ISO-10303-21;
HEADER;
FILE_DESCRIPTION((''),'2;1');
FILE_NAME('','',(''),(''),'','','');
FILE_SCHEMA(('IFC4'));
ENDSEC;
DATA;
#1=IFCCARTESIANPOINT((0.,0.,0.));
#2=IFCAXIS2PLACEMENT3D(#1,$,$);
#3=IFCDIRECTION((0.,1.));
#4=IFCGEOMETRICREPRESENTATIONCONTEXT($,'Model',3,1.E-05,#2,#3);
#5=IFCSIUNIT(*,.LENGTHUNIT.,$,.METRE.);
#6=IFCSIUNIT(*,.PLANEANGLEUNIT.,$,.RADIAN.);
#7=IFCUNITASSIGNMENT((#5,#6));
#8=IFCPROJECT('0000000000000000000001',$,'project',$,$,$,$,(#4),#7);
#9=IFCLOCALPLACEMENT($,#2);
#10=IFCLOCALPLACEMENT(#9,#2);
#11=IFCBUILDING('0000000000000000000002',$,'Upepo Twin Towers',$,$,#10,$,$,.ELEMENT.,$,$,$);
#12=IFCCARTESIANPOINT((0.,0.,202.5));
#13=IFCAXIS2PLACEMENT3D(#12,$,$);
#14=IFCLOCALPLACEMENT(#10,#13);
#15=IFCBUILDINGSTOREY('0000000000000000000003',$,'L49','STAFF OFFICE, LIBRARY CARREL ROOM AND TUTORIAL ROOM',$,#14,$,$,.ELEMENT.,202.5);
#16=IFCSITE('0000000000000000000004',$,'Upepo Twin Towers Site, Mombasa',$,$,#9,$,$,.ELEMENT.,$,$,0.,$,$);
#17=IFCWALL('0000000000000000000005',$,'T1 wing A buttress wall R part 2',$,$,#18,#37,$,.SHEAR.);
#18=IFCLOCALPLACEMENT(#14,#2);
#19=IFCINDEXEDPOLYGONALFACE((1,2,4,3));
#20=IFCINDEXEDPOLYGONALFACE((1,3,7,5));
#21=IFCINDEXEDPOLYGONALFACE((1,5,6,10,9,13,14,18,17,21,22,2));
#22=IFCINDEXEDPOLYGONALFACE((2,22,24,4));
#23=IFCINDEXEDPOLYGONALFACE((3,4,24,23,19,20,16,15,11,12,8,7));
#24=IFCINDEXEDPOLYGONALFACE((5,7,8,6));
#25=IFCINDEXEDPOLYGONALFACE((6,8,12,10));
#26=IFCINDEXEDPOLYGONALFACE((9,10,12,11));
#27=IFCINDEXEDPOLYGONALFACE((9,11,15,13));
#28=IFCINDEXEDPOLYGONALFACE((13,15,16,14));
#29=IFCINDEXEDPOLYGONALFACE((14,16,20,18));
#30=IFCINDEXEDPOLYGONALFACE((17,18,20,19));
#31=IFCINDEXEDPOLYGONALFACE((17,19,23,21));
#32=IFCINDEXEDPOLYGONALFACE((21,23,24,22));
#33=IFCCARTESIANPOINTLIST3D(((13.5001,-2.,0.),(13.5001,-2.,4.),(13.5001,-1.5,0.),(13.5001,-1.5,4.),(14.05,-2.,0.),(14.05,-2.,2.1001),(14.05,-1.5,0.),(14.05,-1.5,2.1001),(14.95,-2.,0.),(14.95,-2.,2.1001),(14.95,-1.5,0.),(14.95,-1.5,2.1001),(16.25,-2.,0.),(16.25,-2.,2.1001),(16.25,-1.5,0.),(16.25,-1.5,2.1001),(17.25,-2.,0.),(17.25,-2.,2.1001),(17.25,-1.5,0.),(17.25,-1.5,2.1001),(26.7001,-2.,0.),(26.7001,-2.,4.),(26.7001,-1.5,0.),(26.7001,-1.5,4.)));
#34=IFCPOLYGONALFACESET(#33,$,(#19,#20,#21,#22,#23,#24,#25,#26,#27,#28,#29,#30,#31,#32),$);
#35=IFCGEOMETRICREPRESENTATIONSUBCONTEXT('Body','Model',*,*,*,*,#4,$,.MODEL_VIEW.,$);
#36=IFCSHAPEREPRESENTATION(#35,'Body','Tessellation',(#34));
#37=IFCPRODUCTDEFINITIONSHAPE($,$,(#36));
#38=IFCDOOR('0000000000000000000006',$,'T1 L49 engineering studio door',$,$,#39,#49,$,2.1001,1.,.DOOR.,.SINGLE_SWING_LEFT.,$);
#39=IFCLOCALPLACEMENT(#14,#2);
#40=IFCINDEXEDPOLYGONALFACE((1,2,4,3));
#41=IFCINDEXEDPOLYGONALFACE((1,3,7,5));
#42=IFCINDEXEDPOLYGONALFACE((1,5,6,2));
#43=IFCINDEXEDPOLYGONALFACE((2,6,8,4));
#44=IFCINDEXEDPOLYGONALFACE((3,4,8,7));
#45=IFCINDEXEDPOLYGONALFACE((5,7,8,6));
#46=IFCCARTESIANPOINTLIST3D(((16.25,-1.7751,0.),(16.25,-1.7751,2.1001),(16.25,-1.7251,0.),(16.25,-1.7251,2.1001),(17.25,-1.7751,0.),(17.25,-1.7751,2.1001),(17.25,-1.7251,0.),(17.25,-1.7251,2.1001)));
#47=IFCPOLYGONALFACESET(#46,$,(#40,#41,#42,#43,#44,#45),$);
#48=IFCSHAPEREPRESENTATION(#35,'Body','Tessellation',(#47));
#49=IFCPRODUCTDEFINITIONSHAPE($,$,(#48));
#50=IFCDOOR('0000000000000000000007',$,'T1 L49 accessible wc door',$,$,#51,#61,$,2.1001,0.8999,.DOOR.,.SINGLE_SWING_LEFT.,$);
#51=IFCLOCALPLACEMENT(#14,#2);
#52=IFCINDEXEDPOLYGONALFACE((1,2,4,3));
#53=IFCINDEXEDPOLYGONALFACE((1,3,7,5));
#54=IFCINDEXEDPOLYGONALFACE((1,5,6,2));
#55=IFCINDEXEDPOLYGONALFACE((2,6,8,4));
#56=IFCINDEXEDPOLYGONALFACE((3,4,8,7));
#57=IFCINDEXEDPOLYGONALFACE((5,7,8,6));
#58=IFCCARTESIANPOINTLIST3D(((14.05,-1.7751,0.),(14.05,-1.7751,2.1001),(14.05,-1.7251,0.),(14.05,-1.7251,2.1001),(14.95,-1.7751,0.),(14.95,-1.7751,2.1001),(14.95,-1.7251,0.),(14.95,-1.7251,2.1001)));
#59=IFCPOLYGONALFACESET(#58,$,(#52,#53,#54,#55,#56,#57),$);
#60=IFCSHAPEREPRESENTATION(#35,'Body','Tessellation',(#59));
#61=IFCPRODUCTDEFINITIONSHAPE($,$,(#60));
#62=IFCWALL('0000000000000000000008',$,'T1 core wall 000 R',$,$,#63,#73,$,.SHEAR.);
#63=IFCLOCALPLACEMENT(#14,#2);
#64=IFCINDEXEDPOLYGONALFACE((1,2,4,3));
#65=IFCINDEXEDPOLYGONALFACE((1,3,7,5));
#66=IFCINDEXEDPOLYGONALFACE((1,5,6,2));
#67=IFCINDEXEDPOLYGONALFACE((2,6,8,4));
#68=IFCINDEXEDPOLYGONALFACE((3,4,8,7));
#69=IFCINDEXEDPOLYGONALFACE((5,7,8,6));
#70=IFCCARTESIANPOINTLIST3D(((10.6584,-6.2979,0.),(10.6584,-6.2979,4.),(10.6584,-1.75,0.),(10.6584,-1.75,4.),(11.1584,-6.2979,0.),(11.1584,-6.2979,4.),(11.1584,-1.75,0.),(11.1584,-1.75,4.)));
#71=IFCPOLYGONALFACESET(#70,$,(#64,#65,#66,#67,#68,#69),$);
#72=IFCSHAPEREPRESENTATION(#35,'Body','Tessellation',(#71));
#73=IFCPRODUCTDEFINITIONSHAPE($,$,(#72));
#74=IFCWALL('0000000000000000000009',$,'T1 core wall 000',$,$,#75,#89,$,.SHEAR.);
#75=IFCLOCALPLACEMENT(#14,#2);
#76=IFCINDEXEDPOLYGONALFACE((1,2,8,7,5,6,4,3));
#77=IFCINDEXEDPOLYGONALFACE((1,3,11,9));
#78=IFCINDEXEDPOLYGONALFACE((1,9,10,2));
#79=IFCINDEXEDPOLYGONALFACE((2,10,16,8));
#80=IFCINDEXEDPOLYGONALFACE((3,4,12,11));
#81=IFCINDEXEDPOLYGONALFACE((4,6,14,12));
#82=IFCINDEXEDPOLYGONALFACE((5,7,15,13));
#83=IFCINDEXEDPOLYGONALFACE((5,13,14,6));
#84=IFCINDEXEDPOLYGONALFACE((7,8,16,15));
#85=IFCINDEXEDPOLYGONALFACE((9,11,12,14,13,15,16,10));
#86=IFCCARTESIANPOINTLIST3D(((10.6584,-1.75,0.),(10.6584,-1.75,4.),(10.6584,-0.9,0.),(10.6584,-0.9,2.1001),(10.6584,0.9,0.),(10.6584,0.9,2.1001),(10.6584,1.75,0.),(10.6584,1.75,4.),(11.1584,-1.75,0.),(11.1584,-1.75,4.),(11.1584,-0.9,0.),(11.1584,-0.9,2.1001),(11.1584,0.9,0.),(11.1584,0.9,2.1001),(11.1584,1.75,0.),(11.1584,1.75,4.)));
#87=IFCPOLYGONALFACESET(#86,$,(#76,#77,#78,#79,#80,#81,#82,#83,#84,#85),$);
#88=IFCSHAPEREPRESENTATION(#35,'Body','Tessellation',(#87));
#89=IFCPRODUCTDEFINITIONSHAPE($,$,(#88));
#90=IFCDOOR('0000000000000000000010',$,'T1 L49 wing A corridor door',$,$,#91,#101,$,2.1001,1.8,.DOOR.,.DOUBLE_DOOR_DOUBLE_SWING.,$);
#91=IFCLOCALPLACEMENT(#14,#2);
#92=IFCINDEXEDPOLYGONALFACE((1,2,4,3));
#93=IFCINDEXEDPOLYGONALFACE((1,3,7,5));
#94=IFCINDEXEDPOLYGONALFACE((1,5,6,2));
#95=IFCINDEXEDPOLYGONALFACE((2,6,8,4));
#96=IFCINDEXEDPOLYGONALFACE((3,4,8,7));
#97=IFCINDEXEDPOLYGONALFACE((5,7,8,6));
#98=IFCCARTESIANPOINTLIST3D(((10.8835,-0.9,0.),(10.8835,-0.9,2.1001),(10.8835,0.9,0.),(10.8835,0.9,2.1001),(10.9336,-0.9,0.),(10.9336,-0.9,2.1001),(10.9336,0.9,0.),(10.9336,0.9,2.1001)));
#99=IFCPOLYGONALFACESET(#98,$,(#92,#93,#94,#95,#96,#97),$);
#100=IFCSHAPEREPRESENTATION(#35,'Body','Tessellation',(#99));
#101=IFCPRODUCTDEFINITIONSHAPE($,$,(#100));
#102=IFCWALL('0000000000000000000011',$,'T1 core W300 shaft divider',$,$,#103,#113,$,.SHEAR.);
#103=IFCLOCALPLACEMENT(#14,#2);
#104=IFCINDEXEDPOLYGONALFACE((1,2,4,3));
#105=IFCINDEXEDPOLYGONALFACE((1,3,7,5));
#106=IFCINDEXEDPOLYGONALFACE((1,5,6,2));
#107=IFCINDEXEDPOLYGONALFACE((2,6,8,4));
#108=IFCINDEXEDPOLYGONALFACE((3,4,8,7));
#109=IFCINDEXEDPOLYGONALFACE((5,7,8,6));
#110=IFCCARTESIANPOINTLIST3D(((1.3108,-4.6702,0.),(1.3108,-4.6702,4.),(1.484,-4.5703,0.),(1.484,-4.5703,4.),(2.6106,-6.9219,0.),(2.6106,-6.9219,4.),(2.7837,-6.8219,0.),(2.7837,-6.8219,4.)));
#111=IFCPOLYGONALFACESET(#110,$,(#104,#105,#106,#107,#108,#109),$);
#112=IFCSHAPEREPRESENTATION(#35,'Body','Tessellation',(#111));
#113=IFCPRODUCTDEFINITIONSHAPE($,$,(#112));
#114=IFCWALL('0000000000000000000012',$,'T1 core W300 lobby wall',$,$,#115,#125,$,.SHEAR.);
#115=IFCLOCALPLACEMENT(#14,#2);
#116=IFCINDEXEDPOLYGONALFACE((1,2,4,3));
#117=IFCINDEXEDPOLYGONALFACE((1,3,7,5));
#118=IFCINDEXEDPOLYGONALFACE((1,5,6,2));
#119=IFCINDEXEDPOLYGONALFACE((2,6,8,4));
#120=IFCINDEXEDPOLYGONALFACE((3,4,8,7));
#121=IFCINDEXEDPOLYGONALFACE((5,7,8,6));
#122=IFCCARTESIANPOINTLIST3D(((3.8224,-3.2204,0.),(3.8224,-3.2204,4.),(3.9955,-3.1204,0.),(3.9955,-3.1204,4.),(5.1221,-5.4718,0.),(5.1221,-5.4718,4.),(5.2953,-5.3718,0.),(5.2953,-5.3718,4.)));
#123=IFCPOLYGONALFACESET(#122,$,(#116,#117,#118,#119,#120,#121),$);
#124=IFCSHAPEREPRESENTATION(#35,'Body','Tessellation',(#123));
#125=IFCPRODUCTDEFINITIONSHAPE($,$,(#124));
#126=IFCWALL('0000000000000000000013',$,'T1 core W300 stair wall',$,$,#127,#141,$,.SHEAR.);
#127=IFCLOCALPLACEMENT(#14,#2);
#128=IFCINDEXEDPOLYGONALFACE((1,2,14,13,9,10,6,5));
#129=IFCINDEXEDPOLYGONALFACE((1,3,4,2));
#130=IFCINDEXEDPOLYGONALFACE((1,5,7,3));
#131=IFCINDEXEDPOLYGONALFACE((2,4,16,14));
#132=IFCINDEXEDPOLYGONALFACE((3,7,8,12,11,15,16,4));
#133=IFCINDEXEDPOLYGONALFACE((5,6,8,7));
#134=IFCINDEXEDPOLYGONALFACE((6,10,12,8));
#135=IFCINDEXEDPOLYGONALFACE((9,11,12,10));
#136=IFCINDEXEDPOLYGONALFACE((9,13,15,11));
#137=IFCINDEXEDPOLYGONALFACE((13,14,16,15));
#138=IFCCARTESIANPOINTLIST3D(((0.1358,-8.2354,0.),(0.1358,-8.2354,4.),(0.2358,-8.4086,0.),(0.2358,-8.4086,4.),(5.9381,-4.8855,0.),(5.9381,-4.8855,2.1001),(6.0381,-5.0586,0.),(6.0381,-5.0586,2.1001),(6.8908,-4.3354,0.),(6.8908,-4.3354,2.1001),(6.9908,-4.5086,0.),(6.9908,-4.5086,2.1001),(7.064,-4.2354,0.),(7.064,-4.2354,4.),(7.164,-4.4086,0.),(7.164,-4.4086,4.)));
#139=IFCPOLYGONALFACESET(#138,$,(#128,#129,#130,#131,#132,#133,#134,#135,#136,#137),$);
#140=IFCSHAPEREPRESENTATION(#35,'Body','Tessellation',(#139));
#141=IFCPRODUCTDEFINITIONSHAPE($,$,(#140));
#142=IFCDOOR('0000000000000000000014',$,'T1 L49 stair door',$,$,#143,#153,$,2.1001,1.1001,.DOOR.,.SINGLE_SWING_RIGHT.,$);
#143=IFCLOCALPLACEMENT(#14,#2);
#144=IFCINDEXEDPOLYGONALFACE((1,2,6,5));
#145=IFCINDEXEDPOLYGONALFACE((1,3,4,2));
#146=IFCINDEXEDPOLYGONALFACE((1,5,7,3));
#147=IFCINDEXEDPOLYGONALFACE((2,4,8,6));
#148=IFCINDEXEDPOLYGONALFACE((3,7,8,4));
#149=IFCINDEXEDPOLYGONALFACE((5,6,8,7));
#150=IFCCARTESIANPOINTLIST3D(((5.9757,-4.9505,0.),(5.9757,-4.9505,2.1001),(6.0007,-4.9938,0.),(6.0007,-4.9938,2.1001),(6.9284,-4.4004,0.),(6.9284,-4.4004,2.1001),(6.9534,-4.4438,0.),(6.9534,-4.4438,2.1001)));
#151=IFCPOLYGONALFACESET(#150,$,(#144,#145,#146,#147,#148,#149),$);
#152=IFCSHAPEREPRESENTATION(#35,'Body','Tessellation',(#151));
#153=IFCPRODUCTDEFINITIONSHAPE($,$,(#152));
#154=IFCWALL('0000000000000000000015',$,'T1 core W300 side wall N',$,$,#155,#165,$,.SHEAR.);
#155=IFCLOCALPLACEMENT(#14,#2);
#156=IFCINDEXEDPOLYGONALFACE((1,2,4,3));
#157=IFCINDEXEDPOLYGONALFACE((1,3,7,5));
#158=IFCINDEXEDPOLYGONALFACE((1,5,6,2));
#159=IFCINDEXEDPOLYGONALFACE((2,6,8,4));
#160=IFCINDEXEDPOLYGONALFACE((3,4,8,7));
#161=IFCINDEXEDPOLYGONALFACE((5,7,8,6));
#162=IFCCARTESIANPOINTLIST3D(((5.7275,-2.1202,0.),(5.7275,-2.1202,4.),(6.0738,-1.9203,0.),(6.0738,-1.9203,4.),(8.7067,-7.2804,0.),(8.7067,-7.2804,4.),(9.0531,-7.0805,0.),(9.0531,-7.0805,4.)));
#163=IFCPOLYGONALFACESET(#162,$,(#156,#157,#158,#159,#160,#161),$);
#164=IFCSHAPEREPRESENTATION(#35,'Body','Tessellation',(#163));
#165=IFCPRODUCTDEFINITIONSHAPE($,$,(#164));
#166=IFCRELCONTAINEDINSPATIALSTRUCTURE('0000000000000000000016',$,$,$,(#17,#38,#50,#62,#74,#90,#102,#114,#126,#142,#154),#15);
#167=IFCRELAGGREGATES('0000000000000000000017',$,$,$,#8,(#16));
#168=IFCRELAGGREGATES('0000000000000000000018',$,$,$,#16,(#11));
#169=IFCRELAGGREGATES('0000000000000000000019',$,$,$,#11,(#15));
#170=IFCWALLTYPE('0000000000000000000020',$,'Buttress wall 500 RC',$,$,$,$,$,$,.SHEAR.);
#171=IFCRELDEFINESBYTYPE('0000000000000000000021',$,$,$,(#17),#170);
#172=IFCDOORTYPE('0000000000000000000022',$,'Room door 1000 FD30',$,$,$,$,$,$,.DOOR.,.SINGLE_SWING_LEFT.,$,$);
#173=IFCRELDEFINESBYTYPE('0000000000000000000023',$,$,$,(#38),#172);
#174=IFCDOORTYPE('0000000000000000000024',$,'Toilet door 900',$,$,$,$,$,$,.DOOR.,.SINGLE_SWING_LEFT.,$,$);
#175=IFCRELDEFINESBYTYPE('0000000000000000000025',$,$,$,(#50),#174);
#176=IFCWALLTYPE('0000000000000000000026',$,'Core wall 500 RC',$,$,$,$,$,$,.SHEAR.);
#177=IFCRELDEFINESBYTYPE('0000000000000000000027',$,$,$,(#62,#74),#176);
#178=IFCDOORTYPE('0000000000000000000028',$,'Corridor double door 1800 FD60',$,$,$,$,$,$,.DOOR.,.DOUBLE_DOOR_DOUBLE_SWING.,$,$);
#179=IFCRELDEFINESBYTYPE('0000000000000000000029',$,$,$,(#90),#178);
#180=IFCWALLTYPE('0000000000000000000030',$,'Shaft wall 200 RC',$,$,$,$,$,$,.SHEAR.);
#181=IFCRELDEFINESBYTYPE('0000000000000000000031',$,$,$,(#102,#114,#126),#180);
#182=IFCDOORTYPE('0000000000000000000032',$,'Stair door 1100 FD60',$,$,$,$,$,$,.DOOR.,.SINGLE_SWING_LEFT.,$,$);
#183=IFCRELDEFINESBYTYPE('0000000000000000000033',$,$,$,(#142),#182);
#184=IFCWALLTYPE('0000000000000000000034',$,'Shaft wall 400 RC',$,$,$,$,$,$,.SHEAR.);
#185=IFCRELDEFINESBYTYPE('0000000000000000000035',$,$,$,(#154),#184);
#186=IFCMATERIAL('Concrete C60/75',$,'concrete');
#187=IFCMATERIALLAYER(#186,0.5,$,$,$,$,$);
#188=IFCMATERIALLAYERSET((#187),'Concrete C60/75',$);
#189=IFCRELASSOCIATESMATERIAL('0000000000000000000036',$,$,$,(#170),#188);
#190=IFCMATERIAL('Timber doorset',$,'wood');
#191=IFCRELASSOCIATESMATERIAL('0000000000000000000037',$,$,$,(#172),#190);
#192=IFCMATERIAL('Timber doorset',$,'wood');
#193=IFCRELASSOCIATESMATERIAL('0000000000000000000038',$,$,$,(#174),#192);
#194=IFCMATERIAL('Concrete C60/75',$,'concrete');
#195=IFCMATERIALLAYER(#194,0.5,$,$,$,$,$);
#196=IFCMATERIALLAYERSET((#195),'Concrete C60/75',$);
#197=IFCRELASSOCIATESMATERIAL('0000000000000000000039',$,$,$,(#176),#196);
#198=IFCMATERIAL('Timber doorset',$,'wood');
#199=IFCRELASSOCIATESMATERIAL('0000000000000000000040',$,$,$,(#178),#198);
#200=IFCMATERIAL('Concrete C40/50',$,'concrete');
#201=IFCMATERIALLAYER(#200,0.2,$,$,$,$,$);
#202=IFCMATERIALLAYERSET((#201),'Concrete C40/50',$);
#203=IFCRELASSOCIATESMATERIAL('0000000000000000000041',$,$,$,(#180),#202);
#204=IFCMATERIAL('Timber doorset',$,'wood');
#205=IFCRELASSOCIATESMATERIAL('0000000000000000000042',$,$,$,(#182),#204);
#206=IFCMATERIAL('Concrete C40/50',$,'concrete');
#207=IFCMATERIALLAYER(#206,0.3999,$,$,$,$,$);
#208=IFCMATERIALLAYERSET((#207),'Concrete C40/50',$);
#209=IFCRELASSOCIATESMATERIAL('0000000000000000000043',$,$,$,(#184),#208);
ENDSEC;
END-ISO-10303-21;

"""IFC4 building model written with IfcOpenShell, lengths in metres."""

from ifc_helpers import new_model, si_unit, direction, frame, frame_2d, origin, place, context, subcontext, project, spatial, rectangle, extrude, material, layer, layer_set, type_object, element, fill, save


model = new_model("IFC4")

# Units and contexts
model_context = context("Model", 3, precision=1e-05, world=origin(), true_north=direction((0.0, 1.0)))
body_context = subcontext(model_context, "Body", "Model", "MODEL_VIEW")
ifc_project = project(units=[si_unit("LENGTHUNIT", "METRE"), si_unit("PLANEANGLEUNIT", "RADIAN")], contexts=[model_context])

# Site, building, storey
site_placement = place(None, origin())
site = spatial("IfcSite", under=ifc_project, at=site_placement, Name="Upepo Twin Towers Site, Mombasa", CompositionType="ELEMENT", RefElevation=0.0)
building_placement = place(site_placement, origin())
building = spatial("IfcBuilding", under=site, at=building_placement, Name="Upepo Twin Towers", CompositionType="ELEMENT")
storey_placement = place(building_placement, frame((0.0, 0.0, 202.5)))
storey = spatial("IfcBuildingStorey", under=building, at=storey_placement, Name="L49", Description="STAFF OFFICE, LIBRARY CARREL ROOM AND TUTORIAL ROOM", CompositionType="ELEMENT", Elevation=202.5)

# Wall, openings, doors
ifc_material_1 = material(Name="Concrete C60/75", Category="concrete")
ifc_layer_1 = layer(ifc_material_1, 0.5)
ifc_layer_set_1 = layer_set([ifc_layer_1], Name="Concrete C60/75")
wall_type_1 = type_object("IfcWallType", Name="Buttress wall 500 RC", PredefinedType="SHEAR", material=ifc_layer_set_1)
wall_1_placement = place(storey_placement, frame((13.5, -1.75, 0.0), z_axis=(0.0, 0.0, 1.0), x_axis=(1.0, 0.0, 0.0)))
wall_1 = element("IfcWall", 1, at=wall_1_placement, inside=storey, type_object=wall_type_1, Name="T1 wing A buttress wall R part 2", PredefinedType="SHEAR", context=body_context, shape_type="SweptSolid", body=[
    extrude(rectangle(XDim=13.2, YDim=0.5, at=frame_2d((6.6001, 0.0))), origin(), (0.0, 0.0, 1.0), 4.0),
])
opening_1_placement = place(wall_1_placement, frame((0.55, 0.0, 0.0)))
opening_1 = element("IfcOpeningElement", 2, at=opening_1_placement, cuts=wall_1, PredefinedType="OPENING", context=body_context, shape_type="SweptSolid", body=[
    extrude(rectangle(XDim=0.8999, YDim=2.1001, at=frame_2d((0.45, 1.05))), frame((0.0, 0.26, 0.0), z_axis=(0.0, -1.0, 0.0), x_axis=(1.0, 0.0, 0.0)), (0.0, 0.0, 1.0), 0.52),
])
opening_2_placement = place(wall_1_placement, frame((2.75, 0.0, 0.0)))
opening_2 = element("IfcOpeningElement", 3, at=opening_2_placement, cuts=wall_1, PredefinedType="OPENING", context=body_context, shape_type="SweptSolid", body=[
    extrude(rectangle(XDim=1.0, YDim=2.1001, at=frame_2d((0.5, 1.05))), frame((0.0, 0.26, 0.0), z_axis=(0.0, -1.0, 0.0), x_axis=(1.0, 0.0, 0.0)), (0.0, 0.0, 1.0), 0.52),
])
ifc_material_2 = material(Name="Timber doorset", Category="wood")
door_type_1 = type_object("IfcDoorType", Name="Room door 1000 FD30", OperationType="SINGLE_SWING_LEFT", PredefinedType="DOOR", material=ifc_material_2)
door_1_placement = place(opening_2_placement, origin())
door_1 = element("IfcDoor", 4, at=door_1_placement, inside=storey, type_object=door_type_1, Name="T1 L49 engineering studio door", OperationType="SINGLE_SWING_LEFT", OverallHeight=2.1001, OverallWidth=1.0, PredefinedType="DOOR", context=body_context, shape_type="SweptSolid", body=[
    extrude(rectangle(XDim=1.0, YDim=2.1001, at=frame_2d((0.5, 1.05))), frame((0.0, 0.0249, 0.0), z_axis=(0.0, -1.0, 0.0), x_axis=(1.0, 0.0, 0.0)), (0.0, 0.0, 1.0), 0.05),
])
fill(opening_2, door_1)
ifc_material_3 = material(Name="Timber doorset", Category="wood")
door_type_2 = type_object("IfcDoorType", Name="Toilet door 900", OperationType="SINGLE_SWING_LEFT", PredefinedType="DOOR", material=ifc_material_3)
door_2_placement = place(opening_1_placement, origin())
door_2 = element("IfcDoor", 5, at=door_2_placement, inside=storey, type_object=door_type_2, Name="T1 L49 accessible wc door", OperationType="SINGLE_SWING_LEFT", OverallHeight=2.1001, OverallWidth=0.8999, PredefinedType="DOOR", context=body_context, shape_type="SweptSolid", body=[
    extrude(rectangle(XDim=0.8999, YDim=2.1001, at=frame_2d((0.45, 1.05))), frame((0.0, 0.0249, 0.0), z_axis=(0.0, -1.0, 0.0), x_axis=(1.0, 0.0, 0.0)), (0.0, 0.0, 1.0), 0.05),
])
fill(opening_1, door_2)

# Wall
ifc_material_4 = material(Name="Concrete C60/75", Category="concrete")
ifc_layer_2 = layer(ifc_material_4, 0.5)
ifc_layer_set_2 = layer_set([ifc_layer_2], Name="Concrete C60/75")
wall_type_2 = type_object("IfcWallType", Name="Core wall 500 RC", PredefinedType="SHEAR", material=ifc_layer_set_2)
wall_2_placement = place(storey_placement, frame((10.9084, -6.2979, 0.0), z_axis=(0.0, 0.0, 1.0), x_axis=(0.0, 1.0, 0.0)))
element("IfcWall", 6, at=wall_2_placement, inside=storey, type_object=wall_type_2, Name="T1 core wall 000 R", PredefinedType="SHEAR", context=body_context, shape_type="SweptSolid", body=[
    extrude(rectangle(XDim=4.5479, YDim=0.5, at=frame_2d((2.2739, 0.0))), origin(), (0.0, 0.0, 1.0), 4.0),
])

# Wall, opening, door
wall_3_placement = place(storey_placement, frame((10.9084, -1.75, 0.0), z_axis=(0.0, 0.0, 1.0), x_axis=(0.0, 1.0, 0.0)))
wall_3 = element("IfcWall", 7, at=wall_3_placement, inside=storey, type_object=wall_type_2, Name="T1 core wall 000", PredefinedType="SHEAR", context=body_context, shape_type="SweptSolid", body=[
    extrude(rectangle(XDim=3.5, YDim=0.5, at=frame_2d((1.75, 0.0))), origin(), (0.0, 0.0, 1.0), 4.0),
])
opening_3_placement = place(wall_3_placement, frame((0.8501, 0.0, 0.0)))
opening_3 = element("IfcOpeningElement", 8, at=opening_3_placement, cuts=wall_3, PredefinedType="OPENING", context=body_context, shape_type="SweptSolid", body=[
    extrude(rectangle(XDim=1.8, YDim=2.1001, at=frame_2d((0.8999, 1.05))), frame((0.0, 0.26, 0.0), z_axis=(0.0, -1.0, 0.0), x_axis=(1.0, 0.0, 0.0)), (0.0, 0.0, 1.0), 0.52),
])
ifc_material_5 = material(Name="Timber doorset", Category="wood")
door_type_3 = type_object("IfcDoorType", Name="Corridor double door 1800 FD60", OperationType="DOUBLE_DOOR_DOUBLE_SWING", PredefinedType="DOOR", material=ifc_material_5)
door_3_placement = place(opening_3_placement, origin())
door_3 = element("IfcDoor", 9, at=door_3_placement, inside=storey, type_object=door_type_3, Name="T1 L49 wing A corridor door", OperationType="DOUBLE_DOOR_DOUBLE_SWING", OverallHeight=2.1001, OverallWidth=1.8, PredefinedType="DOOR", context=body_context, shape_type="SweptSolid", body=[
    extrude(rectangle(XDim=1.8, YDim=2.1001, at=frame_2d((0.8999, 1.05))), frame((0.0, 0.0249, 0.0), z_axis=(0.0, -1.0, 0.0), x_axis=(1.0, 0.0, 0.0)), (0.0, 0.0, 1.0), 0.05),
])
fill(opening_3, door_3)

# Walls
ifc_material_6 = material(Name="Concrete C40/50", Category="concrete")
ifc_layer_3 = layer(ifc_material_6, 0.2)
ifc_layer_set_3 = layer_set([ifc_layer_3], Name="Concrete C40/50")
wall_type_3 = type_object("IfcWallType", Name="Shaft wall 200 RC", PredefinedType="SHEAR", material=ifc_layer_set_3)
wall_4_placement = place(storey_placement, frame((1.3975, -4.6204, 0.0), z_axis=(0.0, 0.0, 1.0), x_axis=(0.499937, -0.866062, 0.0)))
element("IfcWall", 10, at=wall_4_placement, inside=storey, type_object=wall_type_3, Name="T1 core W300 shaft divider", PredefinedType="SHEAR", context=body_context, shape_type="SweptSolid", body=[
    extrude(rectangle(XDim=2.5999, YDim=0.2, at=frame_2d((1.2998, 0.0))), origin(), (0.0, 0.0, 1.0), 4.0),
])
wall_5_placement = place(storey_placement, frame((3.9089, -3.1704, 0.0), z_axis=(0.0, 0.0, 1.0), x_axis=(0.499977, -0.866039, 0.0)))
element("IfcWall", 11, at=wall_5_placement, inside=storey, type_object=wall_type_3, Name="T1 core W300 lobby wall", PredefinedType="SHEAR", context=body_context, shape_type="SweptSolid", body=[
    extrude(rectangle(XDim=2.5996, YDim=0.2, at=frame_2d((1.2998, 0.0))), origin(), (0.0, 0.0, 1.0), 4.0),
])

# Wall, opening, door
wall_6_placement = place(storey_placement, frame((0.1858, -8.322, 0.0), z_axis=(0.0, 0.0, 1.0), x_axis=(0.866026, 0.499999, 0.0)))
wall_6 = element("IfcWall", 12, at=wall_6_placement, inside=storey, type_object=wall_type_3, Name="T1 core W300 stair wall", PredefinedType="SHEAR", context=body_context, shape_type="SweptSolid", body=[
    extrude(rectangle(XDim=8.0, YDim=0.2, at=frame_2d((4.0, 0.0))), origin(), (0.0, 0.0, 1.0), 4.0),
])
opening_4_placement = place(wall_6_placement, frame((6.7, 0.0, 0.0)))
opening_4 = element("IfcOpeningElement", 13, at=opening_4_placement, cuts=wall_6, PredefinedType="OPENING", context=body_context, shape_type="SweptSolid", body=[
    extrude(rectangle(XDim=1.1001, YDim=2.1001, at=frame_2d((0.55, 1.05))), frame((0.0, 0.1099, 0.0), z_axis=(0.0, -1.0, 0.0), x_axis=(1.0, 0.0, 0.0)), (0.0, 0.0, 1.0), 0.22),
])
ifc_material_7 = material(Name="Timber doorset", Category="wood")
door_type_4 = type_object("IfcDoorType", Name="Stair door 1100 FD60", OperationType="SINGLE_SWING_LEFT", PredefinedType="DOOR", material=ifc_material_7)
door_4_placement = place(opening_4_placement, origin())
door_4 = element("IfcDoor", 14, at=door_4_placement, inside=storey, type_object=door_type_4, Name="T1 L49 stair door", OperationType="SINGLE_SWING_RIGHT", OverallHeight=2.1001, OverallWidth=1.1001, PredefinedType="DOOR", context=body_context, shape_type="SweptSolid", body=[
    extrude(rectangle(XDim=1.1001, YDim=2.1001, at=frame_2d((0.55, 1.05))), frame((0.0, 0.0249, 0.0), z_axis=(0.0, -1.0, 0.0), x_axis=(1.0, 0.0, 0.0)), (0.0, 0.0, 1.0), 0.05),
])
fill(opening_4, door_4)

# Wall
ifc_material_8 = material(Name="Concrete C40/50", Category="concrete")
ifc_layer_4 = layer(ifc_material_8, 0.3999)
ifc_layer_set_4 = layer_set([ifc_layer_4], Name="Concrete C40/50")
wall_type_4 = type_object("IfcWallType", Name="Shaft wall 400 RC", PredefinedType="SHEAR", material=ifc_layer_set_4)
wall_7_placement = place(storey_placement, frame((5.9006, -2.0203, 0.0), z_axis=(0.0, 0.0, 1.0), x_axis=(0.500004, -0.866023, 0.0)))
element("IfcWall", 15, at=wall_7_placement, inside=storey, type_object=wall_type_4, Name="T1 core W300 side wall N", PredefinedType="SHEAR", context=body_context, shape_type="SweptSolid", body=[
    extrude(rectangle(XDim=5.9585, YDim=0.3999, at=frame_2d((2.9792, 0.0))), origin(), (0.0, 0.0, 1.0), 4.0),
])

save(model, "model.ifc")
